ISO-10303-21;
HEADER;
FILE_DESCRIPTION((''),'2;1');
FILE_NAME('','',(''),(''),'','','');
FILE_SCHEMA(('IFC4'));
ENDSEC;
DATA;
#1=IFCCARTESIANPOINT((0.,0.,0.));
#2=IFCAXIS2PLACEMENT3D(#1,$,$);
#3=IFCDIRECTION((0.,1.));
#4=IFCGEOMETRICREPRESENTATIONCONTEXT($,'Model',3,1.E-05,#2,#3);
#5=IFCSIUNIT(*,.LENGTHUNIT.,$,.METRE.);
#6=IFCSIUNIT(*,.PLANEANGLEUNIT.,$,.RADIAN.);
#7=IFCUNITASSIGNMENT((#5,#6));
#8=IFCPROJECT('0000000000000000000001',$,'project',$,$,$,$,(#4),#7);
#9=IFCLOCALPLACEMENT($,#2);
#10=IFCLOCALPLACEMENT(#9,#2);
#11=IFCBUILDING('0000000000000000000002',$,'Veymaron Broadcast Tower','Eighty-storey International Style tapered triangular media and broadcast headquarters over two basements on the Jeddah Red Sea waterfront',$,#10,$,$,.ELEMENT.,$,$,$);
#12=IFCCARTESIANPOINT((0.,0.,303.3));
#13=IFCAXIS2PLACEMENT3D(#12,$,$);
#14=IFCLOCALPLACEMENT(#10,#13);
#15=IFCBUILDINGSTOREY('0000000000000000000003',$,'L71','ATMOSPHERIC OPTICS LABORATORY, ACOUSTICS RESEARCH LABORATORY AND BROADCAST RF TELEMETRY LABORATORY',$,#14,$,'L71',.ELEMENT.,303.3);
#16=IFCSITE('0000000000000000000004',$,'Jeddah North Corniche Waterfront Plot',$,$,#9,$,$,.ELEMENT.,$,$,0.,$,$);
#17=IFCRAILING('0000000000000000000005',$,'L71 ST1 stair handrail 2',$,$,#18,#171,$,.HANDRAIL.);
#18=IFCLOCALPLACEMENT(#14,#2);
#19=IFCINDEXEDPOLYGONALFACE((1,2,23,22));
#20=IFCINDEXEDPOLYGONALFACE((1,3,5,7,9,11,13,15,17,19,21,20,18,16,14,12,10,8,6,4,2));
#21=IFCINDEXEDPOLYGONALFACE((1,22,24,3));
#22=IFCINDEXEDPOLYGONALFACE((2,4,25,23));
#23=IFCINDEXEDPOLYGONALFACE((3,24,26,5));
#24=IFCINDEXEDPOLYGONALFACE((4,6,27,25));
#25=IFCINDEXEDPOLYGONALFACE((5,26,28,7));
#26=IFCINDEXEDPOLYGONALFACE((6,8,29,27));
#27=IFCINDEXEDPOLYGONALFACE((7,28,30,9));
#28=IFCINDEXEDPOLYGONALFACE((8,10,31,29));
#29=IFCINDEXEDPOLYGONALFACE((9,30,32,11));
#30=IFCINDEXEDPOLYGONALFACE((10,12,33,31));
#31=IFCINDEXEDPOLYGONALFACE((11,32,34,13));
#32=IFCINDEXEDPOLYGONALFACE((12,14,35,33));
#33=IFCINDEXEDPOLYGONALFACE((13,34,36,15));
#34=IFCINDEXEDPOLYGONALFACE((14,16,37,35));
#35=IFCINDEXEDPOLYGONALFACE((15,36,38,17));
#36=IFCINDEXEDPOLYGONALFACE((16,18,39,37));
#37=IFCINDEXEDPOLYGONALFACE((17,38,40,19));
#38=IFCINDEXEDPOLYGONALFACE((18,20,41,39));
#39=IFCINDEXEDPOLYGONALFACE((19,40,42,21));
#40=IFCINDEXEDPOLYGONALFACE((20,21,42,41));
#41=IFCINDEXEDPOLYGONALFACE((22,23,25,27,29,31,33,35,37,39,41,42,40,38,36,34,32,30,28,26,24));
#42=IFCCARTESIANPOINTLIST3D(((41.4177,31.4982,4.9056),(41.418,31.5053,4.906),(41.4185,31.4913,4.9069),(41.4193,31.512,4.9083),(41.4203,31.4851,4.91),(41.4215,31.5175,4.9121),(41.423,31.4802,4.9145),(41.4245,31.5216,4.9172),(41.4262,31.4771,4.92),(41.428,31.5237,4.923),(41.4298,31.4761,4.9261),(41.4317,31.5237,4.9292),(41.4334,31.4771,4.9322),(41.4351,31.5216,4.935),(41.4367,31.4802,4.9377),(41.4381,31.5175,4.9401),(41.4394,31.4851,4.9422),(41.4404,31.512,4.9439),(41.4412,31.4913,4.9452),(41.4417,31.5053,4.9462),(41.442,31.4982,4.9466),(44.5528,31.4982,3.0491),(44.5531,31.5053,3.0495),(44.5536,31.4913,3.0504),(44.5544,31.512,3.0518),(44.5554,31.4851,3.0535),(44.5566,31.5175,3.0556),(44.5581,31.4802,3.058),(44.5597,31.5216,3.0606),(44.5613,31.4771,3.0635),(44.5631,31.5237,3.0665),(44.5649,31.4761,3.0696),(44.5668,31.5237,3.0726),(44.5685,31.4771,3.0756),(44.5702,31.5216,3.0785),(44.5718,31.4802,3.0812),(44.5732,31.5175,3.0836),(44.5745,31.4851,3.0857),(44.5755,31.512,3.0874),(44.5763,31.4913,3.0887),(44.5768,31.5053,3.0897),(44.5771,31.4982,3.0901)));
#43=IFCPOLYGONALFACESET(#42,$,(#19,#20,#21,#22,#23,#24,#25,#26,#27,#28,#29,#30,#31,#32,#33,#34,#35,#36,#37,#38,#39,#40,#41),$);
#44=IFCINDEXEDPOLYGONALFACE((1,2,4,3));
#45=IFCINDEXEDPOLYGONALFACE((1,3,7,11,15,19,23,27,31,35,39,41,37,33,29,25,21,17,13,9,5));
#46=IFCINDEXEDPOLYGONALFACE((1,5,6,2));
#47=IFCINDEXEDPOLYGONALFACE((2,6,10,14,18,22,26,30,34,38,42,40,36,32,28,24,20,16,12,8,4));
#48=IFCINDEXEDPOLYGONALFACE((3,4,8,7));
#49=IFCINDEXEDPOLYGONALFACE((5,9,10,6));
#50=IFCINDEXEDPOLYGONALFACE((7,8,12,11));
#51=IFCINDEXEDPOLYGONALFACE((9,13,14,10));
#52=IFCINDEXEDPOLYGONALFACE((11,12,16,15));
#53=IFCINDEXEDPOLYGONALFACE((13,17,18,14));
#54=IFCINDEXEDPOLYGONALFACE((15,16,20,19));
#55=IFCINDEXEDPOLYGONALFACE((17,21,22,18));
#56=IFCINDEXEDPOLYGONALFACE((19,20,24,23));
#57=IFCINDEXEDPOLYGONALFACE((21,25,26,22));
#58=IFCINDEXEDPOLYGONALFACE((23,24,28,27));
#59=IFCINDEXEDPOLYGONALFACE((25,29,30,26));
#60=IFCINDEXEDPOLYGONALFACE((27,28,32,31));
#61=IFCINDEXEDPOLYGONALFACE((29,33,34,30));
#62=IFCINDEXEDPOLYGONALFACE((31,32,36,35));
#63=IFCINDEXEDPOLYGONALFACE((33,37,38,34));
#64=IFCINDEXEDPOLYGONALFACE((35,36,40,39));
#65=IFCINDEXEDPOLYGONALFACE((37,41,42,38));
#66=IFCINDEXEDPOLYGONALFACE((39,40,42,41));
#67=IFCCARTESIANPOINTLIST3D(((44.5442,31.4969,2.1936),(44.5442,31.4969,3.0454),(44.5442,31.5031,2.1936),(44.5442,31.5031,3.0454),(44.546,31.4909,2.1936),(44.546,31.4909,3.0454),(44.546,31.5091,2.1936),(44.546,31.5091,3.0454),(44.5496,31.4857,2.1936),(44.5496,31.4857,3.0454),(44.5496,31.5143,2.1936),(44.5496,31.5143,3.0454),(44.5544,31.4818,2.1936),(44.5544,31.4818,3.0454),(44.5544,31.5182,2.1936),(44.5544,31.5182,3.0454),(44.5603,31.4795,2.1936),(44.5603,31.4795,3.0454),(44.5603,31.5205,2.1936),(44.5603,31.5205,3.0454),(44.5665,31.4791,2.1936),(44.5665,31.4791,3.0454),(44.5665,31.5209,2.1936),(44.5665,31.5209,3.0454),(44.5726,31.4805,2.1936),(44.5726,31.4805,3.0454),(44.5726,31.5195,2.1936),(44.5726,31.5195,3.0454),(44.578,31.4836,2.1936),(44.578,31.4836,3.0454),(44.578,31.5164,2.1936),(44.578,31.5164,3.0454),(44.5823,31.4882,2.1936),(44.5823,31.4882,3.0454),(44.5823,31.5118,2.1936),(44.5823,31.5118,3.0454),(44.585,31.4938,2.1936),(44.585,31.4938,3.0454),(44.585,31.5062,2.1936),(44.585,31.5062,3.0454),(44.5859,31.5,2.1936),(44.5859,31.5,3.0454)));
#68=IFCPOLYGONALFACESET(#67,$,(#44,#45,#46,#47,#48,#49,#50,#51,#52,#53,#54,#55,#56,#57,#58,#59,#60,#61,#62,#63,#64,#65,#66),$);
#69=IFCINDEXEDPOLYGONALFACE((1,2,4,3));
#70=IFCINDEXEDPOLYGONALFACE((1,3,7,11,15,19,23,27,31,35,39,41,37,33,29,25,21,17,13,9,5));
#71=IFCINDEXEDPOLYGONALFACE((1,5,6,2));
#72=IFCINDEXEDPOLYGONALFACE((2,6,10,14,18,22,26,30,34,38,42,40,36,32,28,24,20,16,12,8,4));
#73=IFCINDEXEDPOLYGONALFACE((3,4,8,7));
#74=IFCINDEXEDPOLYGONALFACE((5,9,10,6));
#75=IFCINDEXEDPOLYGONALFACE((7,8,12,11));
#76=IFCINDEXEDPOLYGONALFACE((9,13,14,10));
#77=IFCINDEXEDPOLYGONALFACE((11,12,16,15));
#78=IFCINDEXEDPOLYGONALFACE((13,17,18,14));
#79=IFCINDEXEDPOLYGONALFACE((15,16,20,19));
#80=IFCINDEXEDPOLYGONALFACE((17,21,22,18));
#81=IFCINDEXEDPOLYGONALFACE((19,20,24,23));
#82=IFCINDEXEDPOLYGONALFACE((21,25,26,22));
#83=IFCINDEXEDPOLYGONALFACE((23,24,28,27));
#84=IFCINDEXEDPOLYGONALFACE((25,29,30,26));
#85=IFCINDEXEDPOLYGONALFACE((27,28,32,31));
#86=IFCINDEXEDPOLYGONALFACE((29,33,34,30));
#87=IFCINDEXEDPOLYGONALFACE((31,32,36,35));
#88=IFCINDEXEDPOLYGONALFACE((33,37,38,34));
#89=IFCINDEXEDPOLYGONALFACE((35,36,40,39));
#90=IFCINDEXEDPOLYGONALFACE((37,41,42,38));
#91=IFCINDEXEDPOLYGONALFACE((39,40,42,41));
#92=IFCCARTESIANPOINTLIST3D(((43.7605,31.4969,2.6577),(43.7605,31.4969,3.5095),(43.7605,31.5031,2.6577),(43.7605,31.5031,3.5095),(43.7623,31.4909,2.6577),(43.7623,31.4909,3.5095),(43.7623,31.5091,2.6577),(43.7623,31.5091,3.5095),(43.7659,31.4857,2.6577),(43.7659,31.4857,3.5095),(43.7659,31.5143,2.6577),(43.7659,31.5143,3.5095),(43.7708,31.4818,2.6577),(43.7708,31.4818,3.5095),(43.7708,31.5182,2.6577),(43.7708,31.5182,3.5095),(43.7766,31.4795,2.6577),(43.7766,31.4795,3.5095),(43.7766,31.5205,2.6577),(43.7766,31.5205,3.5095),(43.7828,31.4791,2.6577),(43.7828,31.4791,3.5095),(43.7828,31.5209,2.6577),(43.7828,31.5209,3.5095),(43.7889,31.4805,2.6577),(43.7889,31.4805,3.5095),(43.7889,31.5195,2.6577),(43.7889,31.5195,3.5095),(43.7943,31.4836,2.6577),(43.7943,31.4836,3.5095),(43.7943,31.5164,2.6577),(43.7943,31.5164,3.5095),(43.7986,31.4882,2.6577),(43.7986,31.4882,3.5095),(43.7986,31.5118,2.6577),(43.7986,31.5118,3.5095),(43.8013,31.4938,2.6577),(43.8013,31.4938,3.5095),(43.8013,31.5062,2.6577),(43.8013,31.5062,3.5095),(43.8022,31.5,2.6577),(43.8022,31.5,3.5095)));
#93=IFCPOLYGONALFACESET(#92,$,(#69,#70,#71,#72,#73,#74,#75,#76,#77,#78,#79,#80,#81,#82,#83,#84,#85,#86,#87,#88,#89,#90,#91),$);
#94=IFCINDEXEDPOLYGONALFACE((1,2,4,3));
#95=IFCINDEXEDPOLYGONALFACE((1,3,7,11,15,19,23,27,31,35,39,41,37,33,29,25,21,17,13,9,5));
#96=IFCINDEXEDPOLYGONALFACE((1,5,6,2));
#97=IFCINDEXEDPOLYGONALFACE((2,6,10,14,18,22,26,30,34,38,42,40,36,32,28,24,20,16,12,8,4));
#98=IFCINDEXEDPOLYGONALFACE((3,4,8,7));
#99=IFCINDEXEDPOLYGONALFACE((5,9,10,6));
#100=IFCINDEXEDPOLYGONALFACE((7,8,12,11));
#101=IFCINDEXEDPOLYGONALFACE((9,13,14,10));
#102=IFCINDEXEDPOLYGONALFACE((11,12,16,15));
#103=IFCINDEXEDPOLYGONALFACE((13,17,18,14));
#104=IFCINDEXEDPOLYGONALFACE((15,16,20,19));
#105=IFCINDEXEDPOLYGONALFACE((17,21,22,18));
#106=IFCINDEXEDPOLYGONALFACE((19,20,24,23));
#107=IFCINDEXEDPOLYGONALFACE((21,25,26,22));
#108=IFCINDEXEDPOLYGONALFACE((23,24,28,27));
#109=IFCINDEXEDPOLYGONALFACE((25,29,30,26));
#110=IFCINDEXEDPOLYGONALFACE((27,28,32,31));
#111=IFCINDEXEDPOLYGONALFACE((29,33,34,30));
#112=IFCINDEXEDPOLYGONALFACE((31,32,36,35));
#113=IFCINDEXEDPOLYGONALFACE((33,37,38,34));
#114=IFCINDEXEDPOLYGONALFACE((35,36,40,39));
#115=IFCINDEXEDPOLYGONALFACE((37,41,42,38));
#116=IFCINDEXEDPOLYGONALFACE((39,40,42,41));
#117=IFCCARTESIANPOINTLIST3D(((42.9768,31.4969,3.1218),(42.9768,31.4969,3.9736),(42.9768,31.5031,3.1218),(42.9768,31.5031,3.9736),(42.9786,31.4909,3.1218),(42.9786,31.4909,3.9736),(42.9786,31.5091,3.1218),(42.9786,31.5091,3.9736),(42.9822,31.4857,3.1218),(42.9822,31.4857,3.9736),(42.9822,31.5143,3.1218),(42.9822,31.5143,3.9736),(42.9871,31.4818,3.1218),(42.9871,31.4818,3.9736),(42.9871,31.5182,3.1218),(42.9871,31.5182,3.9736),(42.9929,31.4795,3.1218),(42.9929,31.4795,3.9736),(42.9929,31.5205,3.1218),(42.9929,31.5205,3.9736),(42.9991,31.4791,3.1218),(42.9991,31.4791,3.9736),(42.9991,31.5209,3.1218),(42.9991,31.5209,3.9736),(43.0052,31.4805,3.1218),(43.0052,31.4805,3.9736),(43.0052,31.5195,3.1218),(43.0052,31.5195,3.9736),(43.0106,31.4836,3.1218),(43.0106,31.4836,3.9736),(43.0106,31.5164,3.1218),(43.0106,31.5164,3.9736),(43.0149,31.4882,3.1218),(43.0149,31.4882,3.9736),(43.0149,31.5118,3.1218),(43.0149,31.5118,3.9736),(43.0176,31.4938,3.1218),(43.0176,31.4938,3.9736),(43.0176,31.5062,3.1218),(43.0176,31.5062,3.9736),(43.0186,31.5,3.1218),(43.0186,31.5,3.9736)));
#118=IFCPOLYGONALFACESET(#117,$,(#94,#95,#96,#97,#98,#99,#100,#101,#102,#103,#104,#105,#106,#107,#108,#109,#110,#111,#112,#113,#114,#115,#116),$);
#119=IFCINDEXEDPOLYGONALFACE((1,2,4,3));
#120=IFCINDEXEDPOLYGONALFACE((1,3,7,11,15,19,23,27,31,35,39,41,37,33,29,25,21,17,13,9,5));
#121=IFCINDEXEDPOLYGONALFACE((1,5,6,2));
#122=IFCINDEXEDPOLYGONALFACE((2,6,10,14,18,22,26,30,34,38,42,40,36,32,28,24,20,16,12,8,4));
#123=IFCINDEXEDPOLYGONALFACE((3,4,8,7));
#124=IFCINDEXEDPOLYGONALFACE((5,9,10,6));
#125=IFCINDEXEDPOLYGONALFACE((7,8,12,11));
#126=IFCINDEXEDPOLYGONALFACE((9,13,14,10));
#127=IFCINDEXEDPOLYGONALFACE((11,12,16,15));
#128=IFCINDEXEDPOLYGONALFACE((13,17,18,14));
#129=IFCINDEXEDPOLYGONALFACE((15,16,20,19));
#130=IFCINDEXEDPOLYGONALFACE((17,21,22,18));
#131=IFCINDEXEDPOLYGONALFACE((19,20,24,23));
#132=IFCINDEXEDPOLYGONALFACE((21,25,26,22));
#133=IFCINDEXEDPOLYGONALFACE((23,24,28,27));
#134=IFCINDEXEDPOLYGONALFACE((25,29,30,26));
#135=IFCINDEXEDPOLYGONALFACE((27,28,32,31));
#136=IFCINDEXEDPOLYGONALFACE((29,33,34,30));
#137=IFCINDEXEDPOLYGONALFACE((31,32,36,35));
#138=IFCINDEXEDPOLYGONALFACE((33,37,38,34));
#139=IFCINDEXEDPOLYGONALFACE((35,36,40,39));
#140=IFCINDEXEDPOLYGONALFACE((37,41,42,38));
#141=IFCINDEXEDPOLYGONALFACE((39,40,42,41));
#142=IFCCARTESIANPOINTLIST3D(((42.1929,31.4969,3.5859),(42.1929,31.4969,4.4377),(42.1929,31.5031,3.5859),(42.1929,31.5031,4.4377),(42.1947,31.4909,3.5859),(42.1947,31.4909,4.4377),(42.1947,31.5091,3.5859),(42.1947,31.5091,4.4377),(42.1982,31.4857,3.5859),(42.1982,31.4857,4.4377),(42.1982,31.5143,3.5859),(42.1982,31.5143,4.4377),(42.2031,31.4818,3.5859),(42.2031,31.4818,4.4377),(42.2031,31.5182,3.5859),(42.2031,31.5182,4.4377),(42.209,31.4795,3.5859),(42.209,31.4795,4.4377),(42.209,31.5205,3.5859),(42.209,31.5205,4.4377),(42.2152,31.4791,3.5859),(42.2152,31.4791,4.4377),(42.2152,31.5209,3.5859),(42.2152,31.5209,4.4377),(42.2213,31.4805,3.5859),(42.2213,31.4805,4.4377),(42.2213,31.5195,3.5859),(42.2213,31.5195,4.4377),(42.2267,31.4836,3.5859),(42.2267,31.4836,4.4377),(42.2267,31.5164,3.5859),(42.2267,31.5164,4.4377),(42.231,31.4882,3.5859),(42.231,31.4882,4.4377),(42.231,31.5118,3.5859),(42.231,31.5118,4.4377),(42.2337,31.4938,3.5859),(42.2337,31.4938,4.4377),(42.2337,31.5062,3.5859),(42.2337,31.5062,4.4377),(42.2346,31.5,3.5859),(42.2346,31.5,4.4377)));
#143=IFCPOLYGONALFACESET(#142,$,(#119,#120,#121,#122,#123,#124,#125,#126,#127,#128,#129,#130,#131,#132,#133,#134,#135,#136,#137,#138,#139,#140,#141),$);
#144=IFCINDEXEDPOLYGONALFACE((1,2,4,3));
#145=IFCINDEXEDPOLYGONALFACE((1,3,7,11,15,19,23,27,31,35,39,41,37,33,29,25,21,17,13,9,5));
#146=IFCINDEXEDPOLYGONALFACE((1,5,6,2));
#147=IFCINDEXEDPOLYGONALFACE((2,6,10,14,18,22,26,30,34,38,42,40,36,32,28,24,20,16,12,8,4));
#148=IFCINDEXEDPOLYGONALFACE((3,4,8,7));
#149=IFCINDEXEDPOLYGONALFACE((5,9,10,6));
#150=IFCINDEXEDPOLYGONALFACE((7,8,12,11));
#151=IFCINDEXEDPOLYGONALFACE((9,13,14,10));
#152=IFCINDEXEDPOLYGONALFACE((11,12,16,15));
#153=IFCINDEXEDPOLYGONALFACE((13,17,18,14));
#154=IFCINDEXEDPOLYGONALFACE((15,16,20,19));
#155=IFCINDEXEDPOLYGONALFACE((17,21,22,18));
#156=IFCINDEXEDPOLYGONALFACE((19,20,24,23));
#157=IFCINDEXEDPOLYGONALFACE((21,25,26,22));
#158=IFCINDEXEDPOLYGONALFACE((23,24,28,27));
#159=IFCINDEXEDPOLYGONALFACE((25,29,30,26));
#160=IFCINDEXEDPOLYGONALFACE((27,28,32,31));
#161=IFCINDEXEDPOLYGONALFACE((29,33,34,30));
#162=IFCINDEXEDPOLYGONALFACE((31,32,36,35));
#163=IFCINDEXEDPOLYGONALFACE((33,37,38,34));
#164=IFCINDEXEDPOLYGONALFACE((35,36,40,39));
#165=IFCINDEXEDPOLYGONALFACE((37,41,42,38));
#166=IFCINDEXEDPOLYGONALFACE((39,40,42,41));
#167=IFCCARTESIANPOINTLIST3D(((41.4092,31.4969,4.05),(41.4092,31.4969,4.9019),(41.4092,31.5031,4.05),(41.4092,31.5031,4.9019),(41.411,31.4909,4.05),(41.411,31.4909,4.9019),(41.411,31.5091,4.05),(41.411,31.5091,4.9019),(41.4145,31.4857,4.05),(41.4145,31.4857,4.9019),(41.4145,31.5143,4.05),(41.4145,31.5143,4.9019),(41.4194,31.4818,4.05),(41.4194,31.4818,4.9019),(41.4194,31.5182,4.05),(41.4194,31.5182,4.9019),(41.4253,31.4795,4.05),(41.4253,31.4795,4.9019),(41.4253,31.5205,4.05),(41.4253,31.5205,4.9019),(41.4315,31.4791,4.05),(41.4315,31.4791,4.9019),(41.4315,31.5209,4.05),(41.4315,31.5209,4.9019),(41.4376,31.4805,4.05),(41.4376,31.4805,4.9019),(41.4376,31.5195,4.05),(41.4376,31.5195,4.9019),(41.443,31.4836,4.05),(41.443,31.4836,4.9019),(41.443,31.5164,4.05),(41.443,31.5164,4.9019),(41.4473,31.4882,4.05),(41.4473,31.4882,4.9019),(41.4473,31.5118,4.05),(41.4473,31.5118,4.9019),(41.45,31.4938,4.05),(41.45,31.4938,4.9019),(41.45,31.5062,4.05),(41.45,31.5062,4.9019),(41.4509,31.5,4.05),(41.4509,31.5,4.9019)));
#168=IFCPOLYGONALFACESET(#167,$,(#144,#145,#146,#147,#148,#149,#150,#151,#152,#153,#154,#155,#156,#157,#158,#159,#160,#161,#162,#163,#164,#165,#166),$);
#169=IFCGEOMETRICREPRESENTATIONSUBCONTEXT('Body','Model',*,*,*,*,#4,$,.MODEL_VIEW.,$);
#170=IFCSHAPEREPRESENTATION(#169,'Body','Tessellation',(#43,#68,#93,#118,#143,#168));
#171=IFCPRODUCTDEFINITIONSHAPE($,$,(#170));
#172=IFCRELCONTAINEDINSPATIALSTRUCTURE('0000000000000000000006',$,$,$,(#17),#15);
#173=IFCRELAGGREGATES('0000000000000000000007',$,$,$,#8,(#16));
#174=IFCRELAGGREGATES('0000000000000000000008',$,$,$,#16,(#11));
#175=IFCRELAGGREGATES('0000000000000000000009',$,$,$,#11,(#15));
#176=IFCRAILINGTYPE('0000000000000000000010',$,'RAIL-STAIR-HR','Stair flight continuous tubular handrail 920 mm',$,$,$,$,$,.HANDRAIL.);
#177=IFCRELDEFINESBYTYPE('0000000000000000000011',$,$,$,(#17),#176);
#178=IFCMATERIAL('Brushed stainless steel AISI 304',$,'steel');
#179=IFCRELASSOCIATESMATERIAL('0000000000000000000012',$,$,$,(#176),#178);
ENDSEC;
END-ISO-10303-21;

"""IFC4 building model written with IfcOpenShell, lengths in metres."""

from ifc_helpers import new_model, si_unit, direction, frame, origin, origin_2d, place, context, subcontext, project, spatial, circle, extrude, material, type_object, element, save


model = new_model("IFC4")

# Units and contexts
model_context = context("Model", 3, precision=1e-05, world=origin(), true_north=direction((0.0, 1.0)))
body_context = subcontext(model_context, "Body", "Model", "MODEL_VIEW")
ifc_project = project(units=[si_unit("LENGTHUNIT", "METRE"), si_unit("PLANEANGLEUNIT", "RADIAN")], contexts=[model_context])

# Site, building, storey
site_placement = place(None, origin())
site = spatial("IfcSite", under=ifc_project, at=site_placement, Name="Jeddah North Corniche Waterfront Plot", CompositionType="ELEMENT", RefElevation=0.0)
building_placement = place(site_placement, origin())
building = spatial("IfcBuilding", under=site, at=building_placement, Name="Veymaron Broadcast Tower", Description="Eighty-storey International Style tapered triangular media and broadcast headquarters over two basements on the Jeddah Red Sea waterfront", CompositionType="ELEMENT")
storey_placement = place(building_placement, frame((0.0, 0.0, 303.3)))
storey = spatial("IfcBuildingStorey", under=building, at=storey_placement, Name="L71", Description="ATMOSPHERIC OPTICS LABORATORY, ACOUSTICS RESEARCH LABORATORY AND BROADCAST RF TELEMETRY LABORATORY", LongName="L71", CompositionType="ELEMENT", Elevation=303.3)

# Shared definitions
ifc_material_1 = material(Name="Brushed stainless steel AISI 304", Category="steel")

# Railing
railing_type_1 = type_object("IfcRailingType", Name="RAIL-STAIR-HR", Description="Stair flight continuous tubular handrail 920 mm", PredefinedType="HANDRAIL", material=ifc_material_1)
railing_1_placement = place(storey_placement, frame((44.5649, 31.5, 2.1936)))
element("IfcRailing", 1, at=railing_1_placement, inside=storey, type_object=railing_type_1, Name="L71 ST1 stair handrail 2", PredefinedType="HANDRAIL", context=body_context, shape_type="SweptSolid", body=[
    extrude(circle(Radius=0.0239, at=origin_2d()), frame((0.0, 0.0, 0.876), z_axis=(-0.860453, 0.0, 0.509531), x_axis=(0.0, -1.0, 0.0)), (0.0, 0.0, 1.0), 3.6436),
    extrude(circle(Radius=0.021, at=origin_2d()), origin(), (0.0, 0.0, 1.0), 0.8518),
    extrude(circle(Radius=0.021, at=origin_2d()), frame((-0.7837, 0.0, 0.4641)), (0.0, 0.0, 1.0), 0.8518),
    extrude(circle(Radius=0.021, at=origin_2d()), frame((-1.5674, 0.0, 0.9282)), (0.0, 0.0, 1.0), 0.8518),
    extrude(circle(Radius=0.021, at=origin_2d()), frame((-2.3513, 0.0, 1.3923)), (0.0, 0.0, 1.0), 0.8518),
    extrude(circle(Radius=0.021, at=origin_2d()), frame((-3.135, 0.0, 1.8564)), (0.0, 0.0, 1.0), 0.8518),
])

save(model, "model.ifc")
